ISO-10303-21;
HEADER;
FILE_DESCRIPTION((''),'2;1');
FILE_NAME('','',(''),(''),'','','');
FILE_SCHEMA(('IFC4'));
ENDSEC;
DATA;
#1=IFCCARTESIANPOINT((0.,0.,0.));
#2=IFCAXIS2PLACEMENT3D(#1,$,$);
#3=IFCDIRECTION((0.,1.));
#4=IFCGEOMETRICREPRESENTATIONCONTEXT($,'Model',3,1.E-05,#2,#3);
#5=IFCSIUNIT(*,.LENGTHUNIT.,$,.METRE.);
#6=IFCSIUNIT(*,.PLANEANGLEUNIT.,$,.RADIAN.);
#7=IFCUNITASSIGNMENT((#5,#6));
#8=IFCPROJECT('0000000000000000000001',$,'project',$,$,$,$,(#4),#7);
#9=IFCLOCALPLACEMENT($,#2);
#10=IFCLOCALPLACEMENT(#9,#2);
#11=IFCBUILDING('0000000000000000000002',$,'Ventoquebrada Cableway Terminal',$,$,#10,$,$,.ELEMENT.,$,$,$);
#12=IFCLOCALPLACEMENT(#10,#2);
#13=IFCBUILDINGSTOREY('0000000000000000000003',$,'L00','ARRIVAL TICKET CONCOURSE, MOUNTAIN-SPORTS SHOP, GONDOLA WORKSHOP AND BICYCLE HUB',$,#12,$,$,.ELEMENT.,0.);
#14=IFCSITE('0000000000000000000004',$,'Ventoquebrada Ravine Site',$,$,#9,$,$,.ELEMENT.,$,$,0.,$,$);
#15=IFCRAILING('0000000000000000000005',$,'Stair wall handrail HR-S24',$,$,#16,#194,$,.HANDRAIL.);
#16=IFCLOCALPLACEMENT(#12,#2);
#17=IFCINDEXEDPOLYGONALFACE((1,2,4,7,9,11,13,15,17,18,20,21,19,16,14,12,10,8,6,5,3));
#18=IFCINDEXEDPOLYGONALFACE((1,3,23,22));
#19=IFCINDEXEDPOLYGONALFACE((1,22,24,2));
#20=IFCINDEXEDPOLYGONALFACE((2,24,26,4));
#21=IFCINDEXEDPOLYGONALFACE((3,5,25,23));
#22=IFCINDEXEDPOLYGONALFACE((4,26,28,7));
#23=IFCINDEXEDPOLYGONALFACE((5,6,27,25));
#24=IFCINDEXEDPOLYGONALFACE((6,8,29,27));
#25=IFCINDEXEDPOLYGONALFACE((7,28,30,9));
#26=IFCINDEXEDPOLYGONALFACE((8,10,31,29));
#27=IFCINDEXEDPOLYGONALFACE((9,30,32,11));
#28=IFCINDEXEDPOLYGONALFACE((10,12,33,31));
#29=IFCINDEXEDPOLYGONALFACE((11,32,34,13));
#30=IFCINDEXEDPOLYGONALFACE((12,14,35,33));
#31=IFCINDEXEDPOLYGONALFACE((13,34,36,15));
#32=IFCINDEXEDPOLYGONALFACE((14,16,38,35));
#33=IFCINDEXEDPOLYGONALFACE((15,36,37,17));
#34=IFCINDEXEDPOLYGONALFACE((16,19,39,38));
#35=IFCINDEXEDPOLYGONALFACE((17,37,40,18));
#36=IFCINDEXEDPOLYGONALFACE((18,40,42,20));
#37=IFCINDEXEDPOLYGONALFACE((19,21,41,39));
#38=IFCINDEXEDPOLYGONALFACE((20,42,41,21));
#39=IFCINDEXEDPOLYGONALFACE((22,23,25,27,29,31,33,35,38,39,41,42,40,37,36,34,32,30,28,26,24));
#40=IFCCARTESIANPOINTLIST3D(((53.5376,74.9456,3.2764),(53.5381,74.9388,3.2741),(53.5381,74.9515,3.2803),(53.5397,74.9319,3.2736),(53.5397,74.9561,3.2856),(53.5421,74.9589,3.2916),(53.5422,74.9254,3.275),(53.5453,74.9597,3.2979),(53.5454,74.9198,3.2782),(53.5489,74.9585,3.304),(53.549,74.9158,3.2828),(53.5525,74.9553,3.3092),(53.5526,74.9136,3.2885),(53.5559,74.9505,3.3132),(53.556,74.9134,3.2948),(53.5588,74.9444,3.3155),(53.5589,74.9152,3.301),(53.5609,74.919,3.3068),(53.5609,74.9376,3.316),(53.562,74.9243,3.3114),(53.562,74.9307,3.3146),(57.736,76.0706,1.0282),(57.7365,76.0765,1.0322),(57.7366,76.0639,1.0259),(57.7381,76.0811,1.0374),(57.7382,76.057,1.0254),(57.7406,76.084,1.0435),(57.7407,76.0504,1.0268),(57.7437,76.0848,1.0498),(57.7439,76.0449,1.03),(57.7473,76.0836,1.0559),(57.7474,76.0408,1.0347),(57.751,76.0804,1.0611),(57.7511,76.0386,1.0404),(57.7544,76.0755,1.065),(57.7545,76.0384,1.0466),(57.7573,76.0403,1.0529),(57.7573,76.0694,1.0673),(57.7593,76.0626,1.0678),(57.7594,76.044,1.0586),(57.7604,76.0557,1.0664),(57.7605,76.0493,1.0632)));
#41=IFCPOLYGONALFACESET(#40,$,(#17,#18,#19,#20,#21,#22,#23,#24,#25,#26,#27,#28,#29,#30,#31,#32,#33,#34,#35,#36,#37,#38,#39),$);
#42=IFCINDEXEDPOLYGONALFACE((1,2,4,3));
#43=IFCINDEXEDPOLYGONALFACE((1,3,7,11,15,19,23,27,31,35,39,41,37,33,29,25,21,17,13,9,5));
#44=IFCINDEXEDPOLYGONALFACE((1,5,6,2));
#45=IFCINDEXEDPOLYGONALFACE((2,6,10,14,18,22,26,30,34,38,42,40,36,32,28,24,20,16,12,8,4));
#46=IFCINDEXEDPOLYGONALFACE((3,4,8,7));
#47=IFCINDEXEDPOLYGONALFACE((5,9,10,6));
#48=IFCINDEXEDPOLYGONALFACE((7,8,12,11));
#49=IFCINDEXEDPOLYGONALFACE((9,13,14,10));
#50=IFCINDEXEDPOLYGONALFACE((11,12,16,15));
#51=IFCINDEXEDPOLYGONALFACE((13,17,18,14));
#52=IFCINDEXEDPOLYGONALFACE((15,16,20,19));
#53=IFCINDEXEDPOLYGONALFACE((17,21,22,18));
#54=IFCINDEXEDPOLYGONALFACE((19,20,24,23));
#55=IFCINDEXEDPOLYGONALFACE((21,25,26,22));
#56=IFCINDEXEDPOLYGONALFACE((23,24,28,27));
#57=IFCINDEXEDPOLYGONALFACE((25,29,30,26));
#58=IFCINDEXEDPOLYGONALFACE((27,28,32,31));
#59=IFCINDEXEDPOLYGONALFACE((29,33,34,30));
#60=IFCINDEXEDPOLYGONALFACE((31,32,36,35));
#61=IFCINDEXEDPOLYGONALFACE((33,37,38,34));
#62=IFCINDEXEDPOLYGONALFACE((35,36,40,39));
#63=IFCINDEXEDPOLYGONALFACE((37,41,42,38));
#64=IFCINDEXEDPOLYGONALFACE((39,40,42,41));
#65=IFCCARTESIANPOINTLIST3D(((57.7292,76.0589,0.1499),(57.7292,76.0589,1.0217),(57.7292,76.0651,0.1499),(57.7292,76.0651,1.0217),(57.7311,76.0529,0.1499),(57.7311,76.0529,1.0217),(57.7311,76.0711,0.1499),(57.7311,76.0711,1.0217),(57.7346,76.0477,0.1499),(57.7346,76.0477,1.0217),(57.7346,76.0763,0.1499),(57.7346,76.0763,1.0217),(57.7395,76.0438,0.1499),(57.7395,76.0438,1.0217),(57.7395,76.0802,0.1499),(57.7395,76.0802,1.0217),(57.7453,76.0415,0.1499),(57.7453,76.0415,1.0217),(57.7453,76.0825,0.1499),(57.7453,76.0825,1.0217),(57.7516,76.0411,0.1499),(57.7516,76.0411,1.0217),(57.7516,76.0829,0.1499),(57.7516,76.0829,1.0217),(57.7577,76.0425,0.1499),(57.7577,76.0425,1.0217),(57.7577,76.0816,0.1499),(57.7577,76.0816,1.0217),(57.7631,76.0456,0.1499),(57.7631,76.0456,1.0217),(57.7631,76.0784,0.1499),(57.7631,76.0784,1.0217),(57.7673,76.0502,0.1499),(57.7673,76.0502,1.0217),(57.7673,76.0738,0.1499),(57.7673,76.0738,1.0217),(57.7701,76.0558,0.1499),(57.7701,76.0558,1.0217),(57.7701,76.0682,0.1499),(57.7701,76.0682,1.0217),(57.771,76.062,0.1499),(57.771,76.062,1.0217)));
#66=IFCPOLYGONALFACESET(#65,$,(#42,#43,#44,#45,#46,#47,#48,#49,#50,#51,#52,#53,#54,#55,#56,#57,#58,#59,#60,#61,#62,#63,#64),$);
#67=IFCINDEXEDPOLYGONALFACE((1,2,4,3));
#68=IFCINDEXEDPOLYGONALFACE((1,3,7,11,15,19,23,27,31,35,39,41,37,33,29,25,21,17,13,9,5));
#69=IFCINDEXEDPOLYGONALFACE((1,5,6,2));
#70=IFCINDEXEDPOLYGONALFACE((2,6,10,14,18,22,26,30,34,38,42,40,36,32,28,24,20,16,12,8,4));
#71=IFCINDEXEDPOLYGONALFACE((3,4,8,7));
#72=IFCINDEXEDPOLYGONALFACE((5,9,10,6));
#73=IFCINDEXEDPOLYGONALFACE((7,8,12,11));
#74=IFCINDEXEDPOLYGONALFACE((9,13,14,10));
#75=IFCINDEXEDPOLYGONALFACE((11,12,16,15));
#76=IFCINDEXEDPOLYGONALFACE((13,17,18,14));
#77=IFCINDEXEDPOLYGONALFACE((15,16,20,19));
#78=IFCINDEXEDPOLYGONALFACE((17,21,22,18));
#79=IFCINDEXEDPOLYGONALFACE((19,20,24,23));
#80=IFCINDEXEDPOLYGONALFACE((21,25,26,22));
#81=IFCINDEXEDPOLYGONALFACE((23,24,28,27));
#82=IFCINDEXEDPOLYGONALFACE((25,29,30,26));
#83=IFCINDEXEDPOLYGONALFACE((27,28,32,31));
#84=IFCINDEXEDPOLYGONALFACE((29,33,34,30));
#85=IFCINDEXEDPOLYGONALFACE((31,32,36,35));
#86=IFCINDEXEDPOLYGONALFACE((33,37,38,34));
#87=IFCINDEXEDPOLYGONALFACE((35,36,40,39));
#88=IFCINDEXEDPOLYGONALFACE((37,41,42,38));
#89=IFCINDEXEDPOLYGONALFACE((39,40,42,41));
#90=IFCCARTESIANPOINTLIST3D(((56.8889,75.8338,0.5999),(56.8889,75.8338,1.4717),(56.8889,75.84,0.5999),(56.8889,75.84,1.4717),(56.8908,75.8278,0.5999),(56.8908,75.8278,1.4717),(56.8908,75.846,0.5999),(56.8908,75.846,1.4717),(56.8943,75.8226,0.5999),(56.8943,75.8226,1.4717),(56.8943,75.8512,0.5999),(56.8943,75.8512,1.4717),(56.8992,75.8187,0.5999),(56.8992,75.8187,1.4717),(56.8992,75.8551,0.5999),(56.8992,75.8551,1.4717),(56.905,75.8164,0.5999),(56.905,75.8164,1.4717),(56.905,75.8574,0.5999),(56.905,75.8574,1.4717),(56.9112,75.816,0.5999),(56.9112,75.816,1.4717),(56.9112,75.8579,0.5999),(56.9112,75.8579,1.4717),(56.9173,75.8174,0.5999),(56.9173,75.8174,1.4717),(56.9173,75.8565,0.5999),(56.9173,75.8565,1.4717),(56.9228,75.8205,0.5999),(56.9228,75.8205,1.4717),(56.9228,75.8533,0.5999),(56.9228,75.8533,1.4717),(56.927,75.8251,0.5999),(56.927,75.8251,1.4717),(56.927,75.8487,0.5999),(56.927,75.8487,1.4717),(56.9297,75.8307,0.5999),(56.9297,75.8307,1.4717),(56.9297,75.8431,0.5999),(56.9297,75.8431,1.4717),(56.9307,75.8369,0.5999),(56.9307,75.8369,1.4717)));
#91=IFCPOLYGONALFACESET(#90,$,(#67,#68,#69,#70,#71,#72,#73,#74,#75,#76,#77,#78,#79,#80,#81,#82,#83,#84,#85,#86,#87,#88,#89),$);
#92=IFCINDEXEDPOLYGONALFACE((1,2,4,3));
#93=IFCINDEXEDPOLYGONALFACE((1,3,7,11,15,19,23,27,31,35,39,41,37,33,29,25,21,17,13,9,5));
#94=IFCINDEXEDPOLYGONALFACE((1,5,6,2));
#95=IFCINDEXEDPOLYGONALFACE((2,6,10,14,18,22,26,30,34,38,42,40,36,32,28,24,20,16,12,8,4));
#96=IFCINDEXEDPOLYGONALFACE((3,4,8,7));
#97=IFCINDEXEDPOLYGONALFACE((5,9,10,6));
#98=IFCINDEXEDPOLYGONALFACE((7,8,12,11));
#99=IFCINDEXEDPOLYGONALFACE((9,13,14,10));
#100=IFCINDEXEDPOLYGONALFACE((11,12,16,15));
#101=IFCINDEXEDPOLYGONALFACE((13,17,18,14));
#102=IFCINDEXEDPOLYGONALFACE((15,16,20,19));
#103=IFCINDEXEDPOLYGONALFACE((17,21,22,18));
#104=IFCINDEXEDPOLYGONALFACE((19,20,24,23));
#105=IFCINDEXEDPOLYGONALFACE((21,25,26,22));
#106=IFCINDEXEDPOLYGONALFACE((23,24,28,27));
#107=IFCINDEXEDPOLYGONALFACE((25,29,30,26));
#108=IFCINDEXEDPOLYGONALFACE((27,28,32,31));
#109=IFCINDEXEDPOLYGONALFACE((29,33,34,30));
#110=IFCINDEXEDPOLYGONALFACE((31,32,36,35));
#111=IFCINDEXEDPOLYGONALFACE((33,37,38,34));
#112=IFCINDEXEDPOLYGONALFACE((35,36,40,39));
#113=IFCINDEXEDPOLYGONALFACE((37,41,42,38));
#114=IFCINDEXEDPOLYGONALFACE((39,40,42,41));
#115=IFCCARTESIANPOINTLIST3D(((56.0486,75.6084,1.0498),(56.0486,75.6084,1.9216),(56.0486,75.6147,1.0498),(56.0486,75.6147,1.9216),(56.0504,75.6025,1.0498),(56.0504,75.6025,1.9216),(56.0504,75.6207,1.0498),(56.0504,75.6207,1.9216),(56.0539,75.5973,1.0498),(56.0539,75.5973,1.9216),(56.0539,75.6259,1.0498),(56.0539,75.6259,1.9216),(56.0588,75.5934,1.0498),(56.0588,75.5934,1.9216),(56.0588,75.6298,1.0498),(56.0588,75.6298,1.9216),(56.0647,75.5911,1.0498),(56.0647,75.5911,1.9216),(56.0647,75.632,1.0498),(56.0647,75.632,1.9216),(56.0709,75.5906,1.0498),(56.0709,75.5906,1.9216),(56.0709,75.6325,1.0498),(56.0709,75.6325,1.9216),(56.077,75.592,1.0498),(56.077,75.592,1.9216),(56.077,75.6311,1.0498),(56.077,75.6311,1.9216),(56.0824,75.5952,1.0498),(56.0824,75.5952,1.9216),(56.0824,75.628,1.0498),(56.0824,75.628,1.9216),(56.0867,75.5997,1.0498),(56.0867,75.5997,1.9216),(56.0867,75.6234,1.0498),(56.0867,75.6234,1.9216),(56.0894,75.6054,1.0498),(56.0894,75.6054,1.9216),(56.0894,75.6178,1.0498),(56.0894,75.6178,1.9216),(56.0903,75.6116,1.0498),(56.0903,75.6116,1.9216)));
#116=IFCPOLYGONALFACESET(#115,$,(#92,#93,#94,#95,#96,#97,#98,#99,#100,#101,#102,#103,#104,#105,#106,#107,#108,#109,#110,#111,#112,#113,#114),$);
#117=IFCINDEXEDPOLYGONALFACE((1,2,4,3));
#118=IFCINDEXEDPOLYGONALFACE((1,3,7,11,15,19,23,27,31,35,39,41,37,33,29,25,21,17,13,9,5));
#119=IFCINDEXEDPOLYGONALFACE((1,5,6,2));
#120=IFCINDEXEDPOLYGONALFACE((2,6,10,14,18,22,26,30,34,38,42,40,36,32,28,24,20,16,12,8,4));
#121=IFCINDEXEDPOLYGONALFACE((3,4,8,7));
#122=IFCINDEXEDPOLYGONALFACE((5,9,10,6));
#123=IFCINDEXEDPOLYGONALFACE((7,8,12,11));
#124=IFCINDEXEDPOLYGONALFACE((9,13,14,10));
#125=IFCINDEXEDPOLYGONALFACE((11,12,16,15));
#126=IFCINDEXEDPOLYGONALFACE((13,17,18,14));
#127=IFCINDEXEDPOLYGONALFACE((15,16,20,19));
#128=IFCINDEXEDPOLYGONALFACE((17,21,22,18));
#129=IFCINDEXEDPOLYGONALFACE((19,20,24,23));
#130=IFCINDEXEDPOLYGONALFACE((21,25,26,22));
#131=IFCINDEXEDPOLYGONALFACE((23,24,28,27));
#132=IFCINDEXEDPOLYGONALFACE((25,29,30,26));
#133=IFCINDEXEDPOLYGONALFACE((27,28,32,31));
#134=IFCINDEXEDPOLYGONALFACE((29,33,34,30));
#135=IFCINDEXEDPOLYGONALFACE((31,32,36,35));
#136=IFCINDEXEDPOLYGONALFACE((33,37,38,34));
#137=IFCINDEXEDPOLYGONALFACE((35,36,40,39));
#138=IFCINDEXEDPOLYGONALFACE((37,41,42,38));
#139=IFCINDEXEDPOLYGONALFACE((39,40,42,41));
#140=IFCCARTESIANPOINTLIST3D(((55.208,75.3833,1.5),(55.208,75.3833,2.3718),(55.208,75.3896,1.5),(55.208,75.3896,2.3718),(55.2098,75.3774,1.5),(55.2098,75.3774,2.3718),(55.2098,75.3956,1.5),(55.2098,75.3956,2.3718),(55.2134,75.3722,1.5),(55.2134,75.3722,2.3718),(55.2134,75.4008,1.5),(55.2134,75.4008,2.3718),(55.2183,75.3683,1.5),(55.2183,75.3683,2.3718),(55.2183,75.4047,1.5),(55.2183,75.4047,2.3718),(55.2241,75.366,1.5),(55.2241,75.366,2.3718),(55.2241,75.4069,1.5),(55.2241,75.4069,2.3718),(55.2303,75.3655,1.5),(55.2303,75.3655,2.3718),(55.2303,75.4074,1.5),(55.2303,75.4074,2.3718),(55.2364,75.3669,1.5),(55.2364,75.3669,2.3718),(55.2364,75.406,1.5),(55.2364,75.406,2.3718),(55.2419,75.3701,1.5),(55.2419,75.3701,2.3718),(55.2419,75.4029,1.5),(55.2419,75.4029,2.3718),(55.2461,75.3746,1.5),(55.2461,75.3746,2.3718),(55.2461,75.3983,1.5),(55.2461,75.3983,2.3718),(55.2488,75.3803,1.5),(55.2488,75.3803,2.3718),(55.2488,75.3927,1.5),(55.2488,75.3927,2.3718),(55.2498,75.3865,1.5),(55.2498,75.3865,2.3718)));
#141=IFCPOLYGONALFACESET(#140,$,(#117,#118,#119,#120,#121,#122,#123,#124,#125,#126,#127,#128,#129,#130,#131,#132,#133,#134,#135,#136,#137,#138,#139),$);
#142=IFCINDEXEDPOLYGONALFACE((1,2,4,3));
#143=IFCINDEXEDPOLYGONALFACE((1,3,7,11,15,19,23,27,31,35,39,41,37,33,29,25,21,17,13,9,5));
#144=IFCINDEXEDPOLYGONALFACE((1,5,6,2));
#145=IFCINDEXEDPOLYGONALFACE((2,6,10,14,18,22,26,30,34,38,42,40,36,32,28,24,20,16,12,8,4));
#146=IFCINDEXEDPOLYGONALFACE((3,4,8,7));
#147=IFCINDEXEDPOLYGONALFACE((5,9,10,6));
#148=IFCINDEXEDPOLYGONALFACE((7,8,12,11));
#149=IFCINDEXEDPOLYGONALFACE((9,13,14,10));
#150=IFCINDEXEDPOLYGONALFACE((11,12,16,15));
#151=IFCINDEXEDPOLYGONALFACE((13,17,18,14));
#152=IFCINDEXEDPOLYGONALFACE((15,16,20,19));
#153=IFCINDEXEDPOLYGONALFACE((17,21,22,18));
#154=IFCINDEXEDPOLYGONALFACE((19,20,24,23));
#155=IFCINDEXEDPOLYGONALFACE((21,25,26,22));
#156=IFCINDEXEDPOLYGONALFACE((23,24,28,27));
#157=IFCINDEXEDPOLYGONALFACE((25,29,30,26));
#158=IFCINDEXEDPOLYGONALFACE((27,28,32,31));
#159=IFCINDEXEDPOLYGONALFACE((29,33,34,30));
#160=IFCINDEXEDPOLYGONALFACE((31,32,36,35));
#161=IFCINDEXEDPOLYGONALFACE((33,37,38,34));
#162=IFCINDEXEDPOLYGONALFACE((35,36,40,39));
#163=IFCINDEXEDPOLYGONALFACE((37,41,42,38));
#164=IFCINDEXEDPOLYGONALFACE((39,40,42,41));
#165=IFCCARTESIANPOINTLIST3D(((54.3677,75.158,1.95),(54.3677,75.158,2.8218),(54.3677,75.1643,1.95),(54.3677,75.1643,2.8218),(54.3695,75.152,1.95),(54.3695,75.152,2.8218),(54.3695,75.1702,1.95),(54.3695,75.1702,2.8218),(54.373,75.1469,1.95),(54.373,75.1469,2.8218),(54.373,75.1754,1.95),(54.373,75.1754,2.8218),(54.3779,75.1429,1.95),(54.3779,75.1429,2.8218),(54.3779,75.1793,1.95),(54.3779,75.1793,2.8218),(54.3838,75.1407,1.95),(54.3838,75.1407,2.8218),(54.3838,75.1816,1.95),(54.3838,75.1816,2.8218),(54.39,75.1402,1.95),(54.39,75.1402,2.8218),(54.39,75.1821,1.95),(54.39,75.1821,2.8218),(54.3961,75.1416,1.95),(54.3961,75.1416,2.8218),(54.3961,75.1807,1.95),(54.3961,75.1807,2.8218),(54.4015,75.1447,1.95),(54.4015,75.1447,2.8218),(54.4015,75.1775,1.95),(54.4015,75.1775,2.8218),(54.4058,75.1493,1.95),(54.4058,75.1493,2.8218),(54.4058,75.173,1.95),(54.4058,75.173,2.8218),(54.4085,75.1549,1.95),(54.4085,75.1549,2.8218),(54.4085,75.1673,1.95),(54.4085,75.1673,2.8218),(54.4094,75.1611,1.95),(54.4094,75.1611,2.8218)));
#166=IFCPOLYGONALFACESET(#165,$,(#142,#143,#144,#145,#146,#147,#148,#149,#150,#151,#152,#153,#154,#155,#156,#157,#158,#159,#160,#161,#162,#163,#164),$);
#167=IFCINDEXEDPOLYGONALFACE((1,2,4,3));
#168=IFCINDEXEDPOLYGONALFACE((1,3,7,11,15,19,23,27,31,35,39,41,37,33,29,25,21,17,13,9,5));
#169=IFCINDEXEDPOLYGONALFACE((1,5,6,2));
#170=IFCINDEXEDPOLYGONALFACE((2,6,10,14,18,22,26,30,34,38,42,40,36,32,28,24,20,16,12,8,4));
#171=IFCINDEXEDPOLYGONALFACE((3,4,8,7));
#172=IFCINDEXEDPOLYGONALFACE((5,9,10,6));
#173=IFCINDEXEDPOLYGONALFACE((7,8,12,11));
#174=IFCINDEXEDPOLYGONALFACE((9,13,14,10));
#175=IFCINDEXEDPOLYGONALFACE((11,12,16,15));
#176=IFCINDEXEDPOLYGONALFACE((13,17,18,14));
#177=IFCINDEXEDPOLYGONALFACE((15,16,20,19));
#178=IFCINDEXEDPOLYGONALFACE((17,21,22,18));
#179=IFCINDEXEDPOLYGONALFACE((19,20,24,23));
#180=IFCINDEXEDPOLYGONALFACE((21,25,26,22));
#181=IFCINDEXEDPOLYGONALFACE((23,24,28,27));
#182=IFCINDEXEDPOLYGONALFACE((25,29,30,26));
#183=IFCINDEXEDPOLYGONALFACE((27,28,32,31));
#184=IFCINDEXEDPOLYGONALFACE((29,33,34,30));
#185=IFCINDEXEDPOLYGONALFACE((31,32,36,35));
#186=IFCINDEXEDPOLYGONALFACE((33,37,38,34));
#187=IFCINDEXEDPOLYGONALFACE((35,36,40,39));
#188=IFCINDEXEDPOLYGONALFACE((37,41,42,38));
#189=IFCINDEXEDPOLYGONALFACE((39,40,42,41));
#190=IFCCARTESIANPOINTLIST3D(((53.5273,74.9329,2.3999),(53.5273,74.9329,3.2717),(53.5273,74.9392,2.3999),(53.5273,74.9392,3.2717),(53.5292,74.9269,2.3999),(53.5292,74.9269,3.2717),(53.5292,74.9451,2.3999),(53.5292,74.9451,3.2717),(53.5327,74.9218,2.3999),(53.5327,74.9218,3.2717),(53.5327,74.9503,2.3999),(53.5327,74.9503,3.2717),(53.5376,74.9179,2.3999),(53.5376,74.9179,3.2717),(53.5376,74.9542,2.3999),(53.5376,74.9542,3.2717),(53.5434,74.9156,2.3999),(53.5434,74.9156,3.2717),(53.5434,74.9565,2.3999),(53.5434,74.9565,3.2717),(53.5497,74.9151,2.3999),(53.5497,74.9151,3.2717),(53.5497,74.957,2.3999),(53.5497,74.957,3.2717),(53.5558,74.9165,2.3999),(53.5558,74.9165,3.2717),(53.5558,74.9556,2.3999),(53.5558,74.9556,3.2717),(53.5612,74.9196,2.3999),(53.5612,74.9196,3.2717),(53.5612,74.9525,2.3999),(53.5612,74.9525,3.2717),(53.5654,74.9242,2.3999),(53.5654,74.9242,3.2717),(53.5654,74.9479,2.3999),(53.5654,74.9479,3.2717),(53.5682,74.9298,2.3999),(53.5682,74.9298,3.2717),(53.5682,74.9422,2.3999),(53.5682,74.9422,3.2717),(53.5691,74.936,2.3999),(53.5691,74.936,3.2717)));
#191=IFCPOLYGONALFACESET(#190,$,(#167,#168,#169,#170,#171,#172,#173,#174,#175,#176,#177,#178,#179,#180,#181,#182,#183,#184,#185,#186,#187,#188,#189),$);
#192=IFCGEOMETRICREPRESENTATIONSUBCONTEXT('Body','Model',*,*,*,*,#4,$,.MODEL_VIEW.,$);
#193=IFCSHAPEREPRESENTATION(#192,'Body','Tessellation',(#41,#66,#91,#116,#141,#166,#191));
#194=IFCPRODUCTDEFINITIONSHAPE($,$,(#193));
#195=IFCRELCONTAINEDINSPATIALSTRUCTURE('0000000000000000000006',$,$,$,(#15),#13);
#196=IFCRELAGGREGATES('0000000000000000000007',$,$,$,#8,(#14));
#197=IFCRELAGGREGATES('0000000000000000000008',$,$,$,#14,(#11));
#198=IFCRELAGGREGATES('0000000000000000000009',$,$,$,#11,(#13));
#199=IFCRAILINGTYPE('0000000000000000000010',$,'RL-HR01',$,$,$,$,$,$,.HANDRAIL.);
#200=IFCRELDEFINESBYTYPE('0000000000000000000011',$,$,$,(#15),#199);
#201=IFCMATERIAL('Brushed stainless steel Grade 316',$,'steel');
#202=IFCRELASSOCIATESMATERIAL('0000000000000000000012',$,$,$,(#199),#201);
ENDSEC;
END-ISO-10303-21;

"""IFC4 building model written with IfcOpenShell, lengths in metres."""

from ifc_helpers import new_model, si_unit, direction, frame, origin, origin_2d, place, context, subcontext, project, spatial, circle, extrude, material, type_object, element, save


model = new_model("IFC4")

# Units and contexts
model_context = context("Model", 3, precision=1e-05, world=origin(), true_north=direction((0.0, 1.0)))
body_context = subcontext(model_context, "Body", "Model", "MODEL_VIEW")
ifc_project = project(units=[si_unit("LENGTHUNIT", "METRE"), si_unit("PLANEANGLEUNIT", "RADIAN")], contexts=[model_context])

# Site, building, storey
site_placement = place(None, origin())
site = spatial("IfcSite", under=ifc_project, at=site_placement, Name="Ventoquebrada Ravine Site", CompositionType="ELEMENT", RefElevation=0.0)
building_placement = place(site_placement, origin())
building = spatial("IfcBuilding", under=site, at=building_placement, Name="Ventoquebrada Cableway Terminal", CompositionType="ELEMENT")
storey_placement = place(building_placement, origin())
storey = spatial("IfcBuildingStorey", under=building, at=storey_placement, Name="L00", Description="ARRIVAL TICKET CONCOURSE, MOUNTAIN-SPORTS SHOP, GONDOLA WORKSHOP AND BICYCLE HUB", CompositionType="ELEMENT", Elevation=0.0)

# Railing
ifc_material_1 = material(Name="Brushed stainless steel Grade 316", Category="steel")
railing_type_1 = type_object("IfcRailingType", Name="RL-HR01", PredefinedType="HANDRAIL", material=ifc_material_1)
railing_1_placement = place(storey_placement, frame((57.75, 76.062, 0.1499)))
element("IfcRailing", 1, at=railing_1_placement, inside=storey, type_object=railing_type_1, Name="Stair wall handrail HR-S24", PredefinedType="HANDRAIL", context=body_context, shape_type="SweptSolid", body=[
    extrude(circle(Radius=0.0239, at=origin_2d()), frame((-0.0017, -0.0005, 0.8967), z_axis=(-0.857955, -0.229905, 0.45941), x_axis=(0.258836, -0.965921, 0.0)), (0.0, 0.0, 1.0), 4.8936),
    extrude(circle(Radius=0.021, at=origin_2d()), origin(), (0.0, 0.0, 1.0), 0.8718),
    extrude(circle(Radius=0.021, at=origin_2d()), frame((-0.8403, -0.2251, 0.45)), (0.0, 0.0, 1.0), 0.8718),
    extrude(circle(Radius=0.021, at=origin_2d()), frame((-1.6807, -0.4504, 0.8999)), (0.0, 0.0, 1.0), 0.8718),
    extrude(circle(Radius=0.021, at=origin_2d()), frame((-2.5212, -0.6755, 1.3501)), (0.0, 0.0, 1.0), 0.8718),
    extrude(circle(Radius=0.021, at=origin_2d()), frame((-3.3616, -0.9009, 1.8)), (0.0, 0.0, 1.0), 0.8718),
    extrude(circle(Radius=0.021, at=origin_2d()), frame((-4.2019, -1.126, 2.25)), (0.0, 0.0, 1.0), 0.8718),
])

save(model, "model.ifc")
